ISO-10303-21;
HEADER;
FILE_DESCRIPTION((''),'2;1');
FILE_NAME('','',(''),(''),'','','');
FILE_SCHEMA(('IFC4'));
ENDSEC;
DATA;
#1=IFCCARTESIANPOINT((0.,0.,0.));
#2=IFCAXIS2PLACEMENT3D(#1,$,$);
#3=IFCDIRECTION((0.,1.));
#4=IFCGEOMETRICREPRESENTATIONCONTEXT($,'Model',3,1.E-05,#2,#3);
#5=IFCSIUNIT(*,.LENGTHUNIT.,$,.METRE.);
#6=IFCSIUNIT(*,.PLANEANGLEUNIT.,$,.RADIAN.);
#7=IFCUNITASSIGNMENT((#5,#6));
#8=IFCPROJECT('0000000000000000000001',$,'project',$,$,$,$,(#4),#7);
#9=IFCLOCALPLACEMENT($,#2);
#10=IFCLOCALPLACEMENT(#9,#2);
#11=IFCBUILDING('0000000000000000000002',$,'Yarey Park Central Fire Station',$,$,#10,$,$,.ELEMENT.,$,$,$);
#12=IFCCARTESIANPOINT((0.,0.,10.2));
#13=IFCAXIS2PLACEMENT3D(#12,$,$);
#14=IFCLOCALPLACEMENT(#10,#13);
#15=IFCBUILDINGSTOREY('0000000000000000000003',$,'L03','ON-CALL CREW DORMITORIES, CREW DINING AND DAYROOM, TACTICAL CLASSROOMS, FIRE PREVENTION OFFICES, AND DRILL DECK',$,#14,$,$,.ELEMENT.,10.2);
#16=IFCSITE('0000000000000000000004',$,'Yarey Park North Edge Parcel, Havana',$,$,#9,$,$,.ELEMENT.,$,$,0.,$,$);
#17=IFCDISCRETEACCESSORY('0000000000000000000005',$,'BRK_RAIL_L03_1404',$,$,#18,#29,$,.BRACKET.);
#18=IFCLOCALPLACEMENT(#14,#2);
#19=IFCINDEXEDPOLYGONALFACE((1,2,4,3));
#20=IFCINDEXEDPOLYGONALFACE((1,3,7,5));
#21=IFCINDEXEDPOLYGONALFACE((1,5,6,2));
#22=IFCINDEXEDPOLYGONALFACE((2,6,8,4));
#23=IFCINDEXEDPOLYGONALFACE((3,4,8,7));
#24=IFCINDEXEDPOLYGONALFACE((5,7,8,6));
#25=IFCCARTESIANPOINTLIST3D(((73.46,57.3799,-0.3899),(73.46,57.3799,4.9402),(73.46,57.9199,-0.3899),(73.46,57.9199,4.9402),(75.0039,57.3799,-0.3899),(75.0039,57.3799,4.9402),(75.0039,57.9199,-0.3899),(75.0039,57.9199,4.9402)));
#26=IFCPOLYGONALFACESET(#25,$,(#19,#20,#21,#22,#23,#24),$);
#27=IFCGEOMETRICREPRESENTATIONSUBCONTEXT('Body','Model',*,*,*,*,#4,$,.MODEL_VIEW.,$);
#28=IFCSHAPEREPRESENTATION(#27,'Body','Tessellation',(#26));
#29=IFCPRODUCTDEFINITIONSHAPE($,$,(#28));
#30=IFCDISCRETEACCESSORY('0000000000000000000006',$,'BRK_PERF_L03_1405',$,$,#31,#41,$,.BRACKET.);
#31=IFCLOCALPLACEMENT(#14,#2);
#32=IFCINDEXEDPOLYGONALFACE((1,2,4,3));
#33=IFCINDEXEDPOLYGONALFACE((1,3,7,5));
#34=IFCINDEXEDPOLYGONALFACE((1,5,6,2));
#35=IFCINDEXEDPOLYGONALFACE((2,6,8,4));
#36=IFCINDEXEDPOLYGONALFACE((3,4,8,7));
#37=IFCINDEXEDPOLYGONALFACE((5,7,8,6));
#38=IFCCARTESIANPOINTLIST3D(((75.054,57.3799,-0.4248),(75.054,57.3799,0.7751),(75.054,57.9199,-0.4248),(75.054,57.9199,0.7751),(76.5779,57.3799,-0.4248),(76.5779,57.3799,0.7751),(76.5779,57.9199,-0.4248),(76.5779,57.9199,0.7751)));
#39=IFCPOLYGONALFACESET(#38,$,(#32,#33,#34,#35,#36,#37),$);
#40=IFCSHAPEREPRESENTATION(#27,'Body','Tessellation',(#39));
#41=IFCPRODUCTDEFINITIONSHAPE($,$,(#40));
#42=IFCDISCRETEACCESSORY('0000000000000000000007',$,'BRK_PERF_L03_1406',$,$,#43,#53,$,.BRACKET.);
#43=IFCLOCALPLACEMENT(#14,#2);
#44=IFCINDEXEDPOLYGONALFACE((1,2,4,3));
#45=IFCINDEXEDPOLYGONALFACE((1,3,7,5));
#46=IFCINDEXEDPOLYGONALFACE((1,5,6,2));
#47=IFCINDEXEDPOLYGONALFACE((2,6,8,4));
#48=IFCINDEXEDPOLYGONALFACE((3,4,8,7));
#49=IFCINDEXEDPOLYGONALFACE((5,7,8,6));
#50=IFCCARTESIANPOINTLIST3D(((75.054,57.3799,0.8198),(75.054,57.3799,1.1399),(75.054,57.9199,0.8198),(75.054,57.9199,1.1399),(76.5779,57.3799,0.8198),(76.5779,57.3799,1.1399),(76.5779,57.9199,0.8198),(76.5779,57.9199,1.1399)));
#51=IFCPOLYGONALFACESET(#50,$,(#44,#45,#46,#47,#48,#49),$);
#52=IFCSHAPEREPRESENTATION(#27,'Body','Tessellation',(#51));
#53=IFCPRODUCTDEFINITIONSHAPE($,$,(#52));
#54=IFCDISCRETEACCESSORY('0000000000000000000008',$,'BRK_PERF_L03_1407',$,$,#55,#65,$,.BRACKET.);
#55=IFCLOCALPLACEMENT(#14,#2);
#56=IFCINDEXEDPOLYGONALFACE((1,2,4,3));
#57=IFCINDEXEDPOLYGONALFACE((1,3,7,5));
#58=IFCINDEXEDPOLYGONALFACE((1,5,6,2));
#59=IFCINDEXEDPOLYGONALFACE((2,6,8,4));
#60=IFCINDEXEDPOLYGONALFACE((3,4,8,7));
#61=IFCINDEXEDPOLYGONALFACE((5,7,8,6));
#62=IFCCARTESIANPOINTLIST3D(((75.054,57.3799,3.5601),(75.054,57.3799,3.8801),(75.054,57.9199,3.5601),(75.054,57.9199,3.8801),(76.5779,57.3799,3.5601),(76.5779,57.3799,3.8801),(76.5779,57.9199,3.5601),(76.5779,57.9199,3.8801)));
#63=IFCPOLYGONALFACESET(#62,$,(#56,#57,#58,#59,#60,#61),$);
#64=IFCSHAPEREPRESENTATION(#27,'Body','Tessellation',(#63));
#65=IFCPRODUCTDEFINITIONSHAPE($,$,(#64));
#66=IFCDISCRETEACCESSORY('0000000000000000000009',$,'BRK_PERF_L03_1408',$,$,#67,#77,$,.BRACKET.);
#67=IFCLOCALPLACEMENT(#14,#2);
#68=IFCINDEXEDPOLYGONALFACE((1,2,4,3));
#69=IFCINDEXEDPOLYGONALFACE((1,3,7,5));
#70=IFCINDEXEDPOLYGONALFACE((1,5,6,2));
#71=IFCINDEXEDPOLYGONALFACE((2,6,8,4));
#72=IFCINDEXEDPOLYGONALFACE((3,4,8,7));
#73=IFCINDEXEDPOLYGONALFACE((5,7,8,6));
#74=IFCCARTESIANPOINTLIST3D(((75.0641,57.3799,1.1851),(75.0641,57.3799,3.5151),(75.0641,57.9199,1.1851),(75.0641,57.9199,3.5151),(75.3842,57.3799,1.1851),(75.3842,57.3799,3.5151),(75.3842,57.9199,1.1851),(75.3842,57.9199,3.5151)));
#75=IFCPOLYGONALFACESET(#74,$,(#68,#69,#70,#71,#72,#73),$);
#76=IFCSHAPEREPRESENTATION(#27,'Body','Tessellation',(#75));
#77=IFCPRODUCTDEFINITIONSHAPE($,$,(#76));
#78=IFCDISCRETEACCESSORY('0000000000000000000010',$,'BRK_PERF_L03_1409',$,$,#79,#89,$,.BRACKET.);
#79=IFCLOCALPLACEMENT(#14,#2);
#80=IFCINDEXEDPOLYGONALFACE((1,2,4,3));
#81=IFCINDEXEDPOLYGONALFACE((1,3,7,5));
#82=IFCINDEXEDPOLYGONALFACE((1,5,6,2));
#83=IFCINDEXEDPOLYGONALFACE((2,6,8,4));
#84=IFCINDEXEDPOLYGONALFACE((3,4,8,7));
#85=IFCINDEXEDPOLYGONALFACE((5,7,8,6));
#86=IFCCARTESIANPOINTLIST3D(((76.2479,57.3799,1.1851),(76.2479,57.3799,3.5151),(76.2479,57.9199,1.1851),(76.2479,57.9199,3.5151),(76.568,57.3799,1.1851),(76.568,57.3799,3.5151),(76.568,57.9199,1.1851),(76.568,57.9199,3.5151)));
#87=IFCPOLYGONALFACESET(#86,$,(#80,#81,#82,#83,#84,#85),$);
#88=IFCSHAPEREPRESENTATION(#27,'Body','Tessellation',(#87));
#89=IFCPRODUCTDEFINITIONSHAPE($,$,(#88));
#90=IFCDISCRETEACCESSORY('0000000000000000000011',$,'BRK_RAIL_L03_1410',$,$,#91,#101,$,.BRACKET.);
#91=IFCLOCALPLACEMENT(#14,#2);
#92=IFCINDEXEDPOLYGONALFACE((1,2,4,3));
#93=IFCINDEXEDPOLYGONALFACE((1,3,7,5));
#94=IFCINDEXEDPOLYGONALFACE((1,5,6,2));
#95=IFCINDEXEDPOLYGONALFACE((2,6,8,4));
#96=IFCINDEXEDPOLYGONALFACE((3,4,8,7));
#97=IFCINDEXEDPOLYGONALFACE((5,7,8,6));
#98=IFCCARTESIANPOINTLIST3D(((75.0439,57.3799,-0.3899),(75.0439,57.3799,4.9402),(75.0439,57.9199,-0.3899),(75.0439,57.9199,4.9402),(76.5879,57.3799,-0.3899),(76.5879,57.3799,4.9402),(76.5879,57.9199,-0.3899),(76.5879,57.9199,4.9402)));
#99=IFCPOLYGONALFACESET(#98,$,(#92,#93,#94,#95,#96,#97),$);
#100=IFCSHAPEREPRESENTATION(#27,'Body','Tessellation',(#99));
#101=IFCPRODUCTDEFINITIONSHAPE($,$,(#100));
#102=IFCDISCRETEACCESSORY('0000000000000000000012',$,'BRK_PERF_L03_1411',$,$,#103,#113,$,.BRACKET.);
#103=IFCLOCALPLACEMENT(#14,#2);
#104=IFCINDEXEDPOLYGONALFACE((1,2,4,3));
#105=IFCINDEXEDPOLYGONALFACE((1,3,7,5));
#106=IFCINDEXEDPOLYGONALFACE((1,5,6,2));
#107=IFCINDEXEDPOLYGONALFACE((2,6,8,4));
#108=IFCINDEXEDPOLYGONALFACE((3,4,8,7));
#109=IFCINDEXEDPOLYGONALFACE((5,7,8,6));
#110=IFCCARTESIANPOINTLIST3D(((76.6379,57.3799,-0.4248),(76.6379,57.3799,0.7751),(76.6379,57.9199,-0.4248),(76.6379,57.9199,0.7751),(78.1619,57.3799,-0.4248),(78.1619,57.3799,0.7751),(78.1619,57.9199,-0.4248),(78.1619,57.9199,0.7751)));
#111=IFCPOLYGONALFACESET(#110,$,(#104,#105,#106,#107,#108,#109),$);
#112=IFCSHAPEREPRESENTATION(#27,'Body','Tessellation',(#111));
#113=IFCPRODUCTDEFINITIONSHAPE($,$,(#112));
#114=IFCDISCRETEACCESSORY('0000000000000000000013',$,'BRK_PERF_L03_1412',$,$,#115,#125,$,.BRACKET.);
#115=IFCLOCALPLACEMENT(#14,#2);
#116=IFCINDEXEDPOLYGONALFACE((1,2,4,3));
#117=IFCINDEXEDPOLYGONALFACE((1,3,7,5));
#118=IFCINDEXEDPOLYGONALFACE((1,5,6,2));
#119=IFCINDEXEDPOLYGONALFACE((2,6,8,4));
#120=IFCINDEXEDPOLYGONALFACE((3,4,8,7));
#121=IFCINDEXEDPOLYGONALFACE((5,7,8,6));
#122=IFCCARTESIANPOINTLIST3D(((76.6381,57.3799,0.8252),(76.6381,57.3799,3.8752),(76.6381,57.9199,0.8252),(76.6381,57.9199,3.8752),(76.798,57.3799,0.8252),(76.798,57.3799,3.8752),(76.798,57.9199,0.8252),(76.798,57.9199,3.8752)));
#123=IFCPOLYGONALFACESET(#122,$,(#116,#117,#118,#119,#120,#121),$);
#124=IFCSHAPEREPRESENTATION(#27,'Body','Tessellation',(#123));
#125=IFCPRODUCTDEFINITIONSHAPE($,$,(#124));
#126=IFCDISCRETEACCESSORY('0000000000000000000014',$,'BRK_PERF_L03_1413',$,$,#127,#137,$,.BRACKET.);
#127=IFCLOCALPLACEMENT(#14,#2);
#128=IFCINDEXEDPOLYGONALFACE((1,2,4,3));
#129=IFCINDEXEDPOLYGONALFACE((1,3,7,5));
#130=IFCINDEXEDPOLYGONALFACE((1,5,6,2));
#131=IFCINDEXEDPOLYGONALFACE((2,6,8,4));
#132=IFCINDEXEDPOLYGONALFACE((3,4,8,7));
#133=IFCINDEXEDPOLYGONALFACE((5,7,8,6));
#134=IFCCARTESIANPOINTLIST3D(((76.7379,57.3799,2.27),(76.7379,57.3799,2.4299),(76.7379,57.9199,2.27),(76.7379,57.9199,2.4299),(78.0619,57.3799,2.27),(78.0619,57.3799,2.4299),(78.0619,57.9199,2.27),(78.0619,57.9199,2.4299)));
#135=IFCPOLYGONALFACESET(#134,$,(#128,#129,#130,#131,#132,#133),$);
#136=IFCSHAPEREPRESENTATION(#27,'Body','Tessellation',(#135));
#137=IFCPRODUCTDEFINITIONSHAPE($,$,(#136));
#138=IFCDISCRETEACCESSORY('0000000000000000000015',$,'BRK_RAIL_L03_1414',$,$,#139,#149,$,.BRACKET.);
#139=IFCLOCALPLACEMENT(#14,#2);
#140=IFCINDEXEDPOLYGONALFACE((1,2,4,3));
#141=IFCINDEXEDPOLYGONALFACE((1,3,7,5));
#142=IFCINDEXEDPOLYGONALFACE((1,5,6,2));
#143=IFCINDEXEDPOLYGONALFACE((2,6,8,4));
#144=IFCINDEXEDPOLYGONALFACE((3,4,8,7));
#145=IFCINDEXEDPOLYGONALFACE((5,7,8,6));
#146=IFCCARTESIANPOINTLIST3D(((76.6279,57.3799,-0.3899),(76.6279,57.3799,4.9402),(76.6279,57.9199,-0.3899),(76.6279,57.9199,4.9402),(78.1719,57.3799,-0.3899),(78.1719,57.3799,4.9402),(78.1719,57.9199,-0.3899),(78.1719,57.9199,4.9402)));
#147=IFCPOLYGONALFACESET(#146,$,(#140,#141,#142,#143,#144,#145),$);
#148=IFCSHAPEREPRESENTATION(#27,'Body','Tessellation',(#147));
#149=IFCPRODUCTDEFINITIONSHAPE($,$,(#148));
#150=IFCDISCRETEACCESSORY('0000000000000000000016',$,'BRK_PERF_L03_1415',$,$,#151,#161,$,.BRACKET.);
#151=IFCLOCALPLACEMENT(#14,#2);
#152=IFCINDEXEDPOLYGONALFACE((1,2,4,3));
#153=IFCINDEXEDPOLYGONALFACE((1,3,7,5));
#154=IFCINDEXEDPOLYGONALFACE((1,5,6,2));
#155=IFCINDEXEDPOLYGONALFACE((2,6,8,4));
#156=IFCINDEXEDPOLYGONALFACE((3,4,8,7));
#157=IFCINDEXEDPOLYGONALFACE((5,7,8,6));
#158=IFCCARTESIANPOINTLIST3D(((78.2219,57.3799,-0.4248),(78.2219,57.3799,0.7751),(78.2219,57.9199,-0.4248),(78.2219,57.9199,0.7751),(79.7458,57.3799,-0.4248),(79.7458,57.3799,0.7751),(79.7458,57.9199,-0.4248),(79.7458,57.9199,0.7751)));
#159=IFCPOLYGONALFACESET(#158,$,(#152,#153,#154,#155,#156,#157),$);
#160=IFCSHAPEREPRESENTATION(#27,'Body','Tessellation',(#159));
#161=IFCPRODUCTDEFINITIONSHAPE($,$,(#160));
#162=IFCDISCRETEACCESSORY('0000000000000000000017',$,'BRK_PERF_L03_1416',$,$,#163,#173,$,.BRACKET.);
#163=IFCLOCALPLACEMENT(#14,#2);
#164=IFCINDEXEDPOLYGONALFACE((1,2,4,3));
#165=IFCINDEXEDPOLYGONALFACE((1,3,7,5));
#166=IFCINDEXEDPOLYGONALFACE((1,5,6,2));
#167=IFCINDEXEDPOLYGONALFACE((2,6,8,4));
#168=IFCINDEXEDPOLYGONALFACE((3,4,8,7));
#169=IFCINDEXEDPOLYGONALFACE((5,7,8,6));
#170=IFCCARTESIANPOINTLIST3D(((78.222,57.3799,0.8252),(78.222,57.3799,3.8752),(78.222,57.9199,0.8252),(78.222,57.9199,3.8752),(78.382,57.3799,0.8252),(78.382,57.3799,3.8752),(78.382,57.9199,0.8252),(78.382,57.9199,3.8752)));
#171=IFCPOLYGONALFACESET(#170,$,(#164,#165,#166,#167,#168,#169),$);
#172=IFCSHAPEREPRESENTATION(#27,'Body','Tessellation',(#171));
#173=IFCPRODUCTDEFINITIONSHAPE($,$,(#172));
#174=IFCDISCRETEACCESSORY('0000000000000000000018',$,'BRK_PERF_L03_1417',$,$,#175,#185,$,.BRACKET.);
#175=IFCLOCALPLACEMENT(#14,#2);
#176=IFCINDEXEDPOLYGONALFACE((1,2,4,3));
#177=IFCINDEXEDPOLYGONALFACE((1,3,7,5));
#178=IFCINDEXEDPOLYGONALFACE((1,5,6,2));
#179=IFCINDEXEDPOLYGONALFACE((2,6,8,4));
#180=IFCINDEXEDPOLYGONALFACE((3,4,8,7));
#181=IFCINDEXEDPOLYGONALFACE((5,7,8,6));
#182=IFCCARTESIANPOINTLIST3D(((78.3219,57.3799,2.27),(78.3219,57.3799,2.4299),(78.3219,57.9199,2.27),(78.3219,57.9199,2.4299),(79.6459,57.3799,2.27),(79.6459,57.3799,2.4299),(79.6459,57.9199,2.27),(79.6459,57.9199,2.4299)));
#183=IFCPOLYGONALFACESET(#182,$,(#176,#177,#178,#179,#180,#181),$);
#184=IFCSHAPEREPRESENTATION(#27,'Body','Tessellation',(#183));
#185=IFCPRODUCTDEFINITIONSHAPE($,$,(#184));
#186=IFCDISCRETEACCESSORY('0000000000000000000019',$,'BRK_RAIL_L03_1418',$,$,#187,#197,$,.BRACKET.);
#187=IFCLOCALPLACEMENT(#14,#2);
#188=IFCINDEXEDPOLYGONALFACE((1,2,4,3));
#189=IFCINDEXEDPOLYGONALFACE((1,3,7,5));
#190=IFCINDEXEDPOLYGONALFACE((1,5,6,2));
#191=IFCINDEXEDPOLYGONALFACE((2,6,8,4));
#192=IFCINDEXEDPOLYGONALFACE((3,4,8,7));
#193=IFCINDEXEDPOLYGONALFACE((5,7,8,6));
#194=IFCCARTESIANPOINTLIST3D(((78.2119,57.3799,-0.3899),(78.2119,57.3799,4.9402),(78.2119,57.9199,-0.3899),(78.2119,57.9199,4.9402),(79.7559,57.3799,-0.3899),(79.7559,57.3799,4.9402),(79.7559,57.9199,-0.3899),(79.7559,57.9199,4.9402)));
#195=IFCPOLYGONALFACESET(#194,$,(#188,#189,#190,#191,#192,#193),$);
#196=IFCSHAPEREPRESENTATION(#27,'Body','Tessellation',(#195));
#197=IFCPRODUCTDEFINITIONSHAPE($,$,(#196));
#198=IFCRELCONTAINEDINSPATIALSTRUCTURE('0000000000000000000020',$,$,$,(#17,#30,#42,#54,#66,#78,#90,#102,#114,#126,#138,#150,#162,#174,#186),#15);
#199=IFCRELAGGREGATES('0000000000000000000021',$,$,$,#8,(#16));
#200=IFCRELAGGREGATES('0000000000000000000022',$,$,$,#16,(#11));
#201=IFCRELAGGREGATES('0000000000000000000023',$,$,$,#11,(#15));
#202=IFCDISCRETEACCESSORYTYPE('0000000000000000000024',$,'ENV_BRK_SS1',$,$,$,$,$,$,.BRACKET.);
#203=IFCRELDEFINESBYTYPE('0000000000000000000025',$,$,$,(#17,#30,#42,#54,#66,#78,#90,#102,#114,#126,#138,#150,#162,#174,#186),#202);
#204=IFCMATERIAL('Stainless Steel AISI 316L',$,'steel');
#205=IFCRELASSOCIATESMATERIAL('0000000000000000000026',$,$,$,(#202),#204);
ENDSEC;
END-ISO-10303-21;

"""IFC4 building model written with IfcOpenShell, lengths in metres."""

from ifc_helpers import new_model, si_unit, direction, frame, origin, origin_2d, place, context, subcontext, project, spatial, rectangle, extrude, material, type_object, element, save


model = new_model("IFC4")

# Units and contexts
model_context = context("Model", 3, precision=1e-05, world=origin(), true_north=direction((0.0, 1.0)))
body_context = subcontext(model_context, "Body", "Model", "MODEL_VIEW")
ifc_project = project(units=[si_unit("LENGTHUNIT", "METRE"), si_unit("PLANEANGLEUNIT", "RADIAN")], contexts=[model_context])

# Site, building, storey
site_placement = place(None, origin())
site = spatial("IfcSite", under=ifc_project, at=site_placement, Name="Yarey Park North Edge Parcel, Havana", CompositionType="ELEMENT", RefElevation=0.0)
building_placement = place(site_placement, origin())
building = spatial("IfcBuilding", under=site, at=building_placement, Name="Yarey Park Central Fire Station", CompositionType="ELEMENT")
storey_placement = place(building_placement, frame((0.0, 0.0, 10.2)))
storey = spatial("IfcBuildingStorey", under=building, at=storey_placement, Name="L03", Description="ON-CALL CREW DORMITORIES, CREW DINING AND DAYROOM, TACTICAL CLASSROOMS, FIRE PREVENTION OFFICES, AND DRILL DECK", CompositionType="ELEMENT", Elevation=10.2)

# Discrete accessories
ifc_material_1 = material(Name="Stainless Steel AISI 316L", Category="steel")
discrete_accessory_type = type_object("IfcDiscreteAccessoryType", Name="ENV_BRK_SS1", PredefinedType="BRACKET", material=ifc_material_1)
discrete_accessory_1_placement = place(storey_placement, frame((74.2319, 57.6499, -0.3899), z_axis=(0.0, 0.0, 1.0), x_axis=(1.0, 0.0, 0.0)))
element("IfcDiscreteAccessory", 1, at=discrete_accessory_1_placement, inside=storey, type_object=discrete_accessory_type, Name="BRK_RAIL_L03_1404", PredefinedType="BRACKET", context=body_context, shape_type="SweptSolid", body=[
    extrude(rectangle(XDim=1.5439, YDim=0.54, at=origin_2d()), origin(), (0.0, 0.0, 1.0), 5.3301),
])
discrete_accessory_2_placement = place(storey_placement, frame((75.8159, 57.6499, -0.4248), z_axis=(0.0, 0.0, 1.0), x_axis=(1.0, 0.0, 0.0)))
element("IfcDiscreteAccessory", 2, at=discrete_accessory_2_placement, inside=storey, type_object=discrete_accessory_type, Name="BRK_PERF_L03_1405", PredefinedType="BRACKET", context=body_context, shape_type="SweptSolid", body=[
    extrude(rectangle(XDim=1.5239, YDim=0.54, at=origin_2d()), origin(), (0.0, 0.0, 1.0), 1.2),
])
for number, where, z_axis, x_axis, name in (
    (3, (75.8159, 57.6499, 0.8198), (0.0, 0.0, 1.0), (1.0, 0.0, 0.0), "BRK_PERF_L03_1406"),
    (4, (75.8159, 57.6499, 3.5601), (0.0, 0.0, 1.0), (1.0, 0.0, 0.0), "BRK_PERF_L03_1407"),
):
    element("IfcDiscreteAccessory", number, at=place(storey_placement, frame(where, z_axis=z_axis, x_axis=x_axis)), inside=storey, type_object=discrete_accessory_type, Name=name, PredefinedType="BRACKET", context=body_context, shape_type="SweptSolid", body=[
        extrude(rectangle(XDim=1.5239, YDim=0.54, at=origin_2d()), origin(), (0.0, 0.0, 1.0), 0.3201),
    ])
for number, where, z_axis, x_axis, name in (
    (5, (75.2241, 57.6499, 1.1851), (0.0, 0.0, 1.0), (1.0, 0.0, 0.0), "BRK_PERF_L03_1408"),
    (6, (76.408, 57.6499, 1.1851), (0.0, 0.0, 1.0), (1.0, 0.0, 0.0), "BRK_PERF_L03_1409"),
):
    element("IfcDiscreteAccessory", number, at=place(storey_placement, frame(where, z_axis=z_axis, x_axis=x_axis)), inside=storey, type_object=discrete_accessory_type, Name=name, PredefinedType="BRACKET", context=body_context, shape_type="SweptSolid", body=[
        extrude(rectangle(XDim=0.3201, YDim=0.54, at=origin_2d()), origin(), (0.0, 0.0, 1.0), 2.3301),
    ])
discrete_accessory_3_placement = place(storey_placement, frame((75.8159, 57.6499, -0.3899), z_axis=(0.0, 0.0, 1.0), x_axis=(1.0, 0.0, 0.0)))
element("IfcDiscreteAccessory", 7, at=discrete_accessory_3_placement, inside=storey, type_object=discrete_accessory_type, Name="BRK_RAIL_L03_1410", PredefinedType="BRACKET", context=body_context, shape_type="SweptSolid", body=[
    extrude(rectangle(XDim=1.5439, YDim=0.54, at=origin_2d()), origin(), (0.0, 0.0, 1.0), 5.3301),
])
discrete_accessory_4_placement = place(storey_placement, frame((77.3999, 57.6499, -0.4248), z_axis=(0.0, 0.0, 1.0), x_axis=(1.0, 0.0, 0.0)))
element("IfcDiscreteAccessory", 8, at=discrete_accessory_4_placement, inside=storey, type_object=discrete_accessory_type, Name="BRK_PERF_L03_1411", PredefinedType="BRACKET", context=body_context, shape_type="SweptSolid", body=[
    extrude(rectangle(XDim=1.5239, YDim=0.54, at=origin_2d()), origin(), (0.0, 0.0, 1.0), 1.2),
])
discrete_accessory_5_placement = place(storey_placement, frame((76.718, 57.6499, 0.8252), z_axis=(0.0, 0.0, 1.0), x_axis=(1.0, 0.0, 0.0)))
element("IfcDiscreteAccessory", 9, at=discrete_accessory_5_placement, inside=storey, type_object=discrete_accessory_type, Name="BRK_PERF_L03_1412", PredefinedType="BRACKET", context=body_context, shape_type="SweptSolid", body=[
    extrude(rectangle(XDim=0.1599, YDim=0.54, at=origin_2d()), origin(), (0.0, 0.0, 1.0), 3.05),
])
discrete_accessory_6_placement = place(storey_placement, frame((77.3999, 57.6499, 2.27), z_axis=(0.0, 0.0, 1.0), x_axis=(1.0, 0.0, 0.0)))
element("IfcDiscreteAccessory", 10, at=discrete_accessory_6_placement, inside=storey, type_object=discrete_accessory_type, Name="BRK_PERF_L03_1413", PredefinedType="BRACKET", context=body_context, shape_type="SweptSolid", body=[
    extrude(rectangle(XDim=1.324, YDim=0.54, at=origin_2d()), origin(), (0.0, 0.0, 1.0), 0.1599),
])
discrete_accessory_7_placement = place(storey_placement, frame((77.3999, 57.6499, -0.3899), z_axis=(0.0, 0.0, 1.0), x_axis=(1.0, 0.0, 0.0)))
element("IfcDiscreteAccessory", 11, at=discrete_accessory_7_placement, inside=storey, type_object=discrete_accessory_type, Name="BRK_RAIL_L03_1414", PredefinedType="BRACKET", context=body_context, shape_type="SweptSolid", body=[
    extrude(rectangle(XDim=1.5439, YDim=0.54, at=origin_2d()), origin(), (0.0, 0.0, 1.0), 5.3301),
])
discrete_accessory_8_placement = place(storey_placement, frame((78.9839, 57.6499, -0.4248), z_axis=(0.0, 0.0, 1.0), x_axis=(1.0, 0.0, 0.0)))
element("IfcDiscreteAccessory", 12, at=discrete_accessory_8_placement, inside=storey, type_object=discrete_accessory_type, Name="BRK_PERF_L03_1415", PredefinedType="BRACKET", context=body_context, shape_type="SweptSolid", body=[
    extrude(rectangle(XDim=1.5239, YDim=0.54, at=origin_2d()), origin(), (0.0, 0.0, 1.0), 1.2),
])
discrete_accessory_9_placement = place(storey_placement, frame((78.302, 57.6499, 0.8252), z_axis=(0.0, 0.0, 1.0), x_axis=(1.0, 0.0, 0.0)))
element("IfcDiscreteAccessory", 13, at=discrete_accessory_9_placement, inside=storey, type_object=discrete_accessory_type, Name="BRK_PERF_L03_1416", PredefinedType="BRACKET", context=body_context, shape_type="SweptSolid", body=[
    extrude(rectangle(XDim=0.1599, YDim=0.54, at=origin_2d()), origin(), (0.0, 0.0, 1.0), 3.05),
])
discrete_accessory_10_placement = place(storey_placement, frame((78.9839, 57.6499, 2.27), z_axis=(0.0, 0.0, 1.0), x_axis=(1.0, 0.0, 0.0)))
element("IfcDiscreteAccessory", 14, at=discrete_accessory_10_placement, inside=storey, type_object=discrete_accessory_type, Name="BRK_PERF_L03_1417", PredefinedType="BRACKET", context=body_context, shape_type="SweptSolid", body=[
    extrude(rectangle(XDim=1.324, YDim=0.54, at=origin_2d()), origin(), (0.0, 0.0, 1.0), 0.1599),
])
discrete_accessory_11_placement = place(storey_placement, frame((78.9839, 57.6499, -0.3899), z_axis=(0.0, 0.0, 1.0), x_axis=(1.0, 0.0, 0.0)))
element("IfcDiscreteAccessory", 15, at=discrete_accessory_11_placement, inside=storey, type_object=discrete_accessory_type, Name="BRK_RAIL_L03_1418", PredefinedType="BRACKET", context=body_context, shape_type="SweptSolid", body=[
    extrude(rectangle(XDim=1.5439, YDim=0.54, at=origin_2d()), origin(), (0.0, 0.0, 1.0), 5.3301),
])

save(model, "model.ifc")
